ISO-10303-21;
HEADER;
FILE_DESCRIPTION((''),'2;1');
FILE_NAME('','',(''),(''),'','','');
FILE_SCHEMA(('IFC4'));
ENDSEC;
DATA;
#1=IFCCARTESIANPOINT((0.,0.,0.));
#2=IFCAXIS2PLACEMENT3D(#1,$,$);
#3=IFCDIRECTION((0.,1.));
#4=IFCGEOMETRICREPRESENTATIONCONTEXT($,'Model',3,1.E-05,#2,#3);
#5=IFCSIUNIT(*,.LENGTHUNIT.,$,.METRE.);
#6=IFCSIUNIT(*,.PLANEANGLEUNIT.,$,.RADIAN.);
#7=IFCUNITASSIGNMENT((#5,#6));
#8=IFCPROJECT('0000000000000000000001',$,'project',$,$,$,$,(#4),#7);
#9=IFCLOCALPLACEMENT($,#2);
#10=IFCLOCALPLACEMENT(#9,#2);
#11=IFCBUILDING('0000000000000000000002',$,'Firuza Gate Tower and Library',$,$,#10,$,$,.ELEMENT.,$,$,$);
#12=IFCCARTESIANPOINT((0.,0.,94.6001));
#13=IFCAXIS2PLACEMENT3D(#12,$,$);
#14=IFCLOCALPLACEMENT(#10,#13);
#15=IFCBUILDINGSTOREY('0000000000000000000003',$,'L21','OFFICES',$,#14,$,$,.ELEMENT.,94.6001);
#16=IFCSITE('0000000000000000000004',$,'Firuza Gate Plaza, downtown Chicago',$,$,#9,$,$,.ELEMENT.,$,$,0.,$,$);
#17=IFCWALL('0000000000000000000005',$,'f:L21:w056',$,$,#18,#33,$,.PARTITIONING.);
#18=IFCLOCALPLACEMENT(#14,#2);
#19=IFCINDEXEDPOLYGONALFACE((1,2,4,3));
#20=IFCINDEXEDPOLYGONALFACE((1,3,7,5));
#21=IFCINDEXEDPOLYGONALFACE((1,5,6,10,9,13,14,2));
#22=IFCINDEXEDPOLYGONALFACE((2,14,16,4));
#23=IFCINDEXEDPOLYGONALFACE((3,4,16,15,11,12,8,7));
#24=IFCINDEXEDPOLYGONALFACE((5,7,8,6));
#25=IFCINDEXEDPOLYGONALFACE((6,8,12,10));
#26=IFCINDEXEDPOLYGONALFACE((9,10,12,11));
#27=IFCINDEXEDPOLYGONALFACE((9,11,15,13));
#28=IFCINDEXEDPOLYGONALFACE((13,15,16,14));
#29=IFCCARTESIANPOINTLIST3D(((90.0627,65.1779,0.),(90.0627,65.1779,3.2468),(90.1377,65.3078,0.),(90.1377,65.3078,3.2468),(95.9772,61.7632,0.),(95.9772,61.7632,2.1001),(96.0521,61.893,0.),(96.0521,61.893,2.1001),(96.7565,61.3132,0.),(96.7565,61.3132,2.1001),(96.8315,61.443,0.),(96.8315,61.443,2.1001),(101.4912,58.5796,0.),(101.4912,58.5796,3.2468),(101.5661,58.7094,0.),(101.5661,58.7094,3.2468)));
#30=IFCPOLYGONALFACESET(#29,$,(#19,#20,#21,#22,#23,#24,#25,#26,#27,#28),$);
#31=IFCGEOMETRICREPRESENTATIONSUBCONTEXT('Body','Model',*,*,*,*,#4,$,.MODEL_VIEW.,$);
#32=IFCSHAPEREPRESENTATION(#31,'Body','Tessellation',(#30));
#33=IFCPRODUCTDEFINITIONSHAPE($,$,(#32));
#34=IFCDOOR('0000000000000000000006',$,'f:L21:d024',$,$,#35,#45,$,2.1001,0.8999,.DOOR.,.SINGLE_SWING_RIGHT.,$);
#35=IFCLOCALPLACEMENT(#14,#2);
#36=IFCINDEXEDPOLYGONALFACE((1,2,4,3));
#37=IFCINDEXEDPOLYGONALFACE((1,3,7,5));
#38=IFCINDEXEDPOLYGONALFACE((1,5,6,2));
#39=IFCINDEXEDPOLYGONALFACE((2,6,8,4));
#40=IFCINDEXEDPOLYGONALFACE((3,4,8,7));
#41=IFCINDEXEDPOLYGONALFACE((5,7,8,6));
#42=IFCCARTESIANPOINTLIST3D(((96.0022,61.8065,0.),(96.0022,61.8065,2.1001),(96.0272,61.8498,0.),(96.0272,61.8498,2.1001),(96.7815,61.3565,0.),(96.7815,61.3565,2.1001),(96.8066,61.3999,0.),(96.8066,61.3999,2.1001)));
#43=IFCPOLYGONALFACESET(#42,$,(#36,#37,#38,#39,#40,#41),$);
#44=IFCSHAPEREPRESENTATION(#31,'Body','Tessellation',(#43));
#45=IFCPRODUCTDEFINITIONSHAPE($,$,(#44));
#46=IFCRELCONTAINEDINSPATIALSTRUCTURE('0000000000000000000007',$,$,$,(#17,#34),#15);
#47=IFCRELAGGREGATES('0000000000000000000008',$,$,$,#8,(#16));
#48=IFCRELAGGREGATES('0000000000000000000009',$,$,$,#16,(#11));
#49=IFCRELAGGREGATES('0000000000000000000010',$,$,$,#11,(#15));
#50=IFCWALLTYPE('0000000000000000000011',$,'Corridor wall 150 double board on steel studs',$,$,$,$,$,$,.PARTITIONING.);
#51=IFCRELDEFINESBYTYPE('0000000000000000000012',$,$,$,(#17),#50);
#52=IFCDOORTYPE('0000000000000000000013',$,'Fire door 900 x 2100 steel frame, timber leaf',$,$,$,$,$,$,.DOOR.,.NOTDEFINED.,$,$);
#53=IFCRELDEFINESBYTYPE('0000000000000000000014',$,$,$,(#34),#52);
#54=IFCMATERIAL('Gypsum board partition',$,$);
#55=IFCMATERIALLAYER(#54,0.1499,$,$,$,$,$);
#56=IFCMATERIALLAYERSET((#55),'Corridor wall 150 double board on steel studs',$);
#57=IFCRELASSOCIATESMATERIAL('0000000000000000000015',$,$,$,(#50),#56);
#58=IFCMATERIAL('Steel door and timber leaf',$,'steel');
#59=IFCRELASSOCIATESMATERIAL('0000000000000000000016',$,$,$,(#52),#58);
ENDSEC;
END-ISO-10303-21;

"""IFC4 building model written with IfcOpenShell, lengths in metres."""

from ifc_helpers import new_model, si_unit, direction, frame, frame_2d, origin, place, context, subcontext, project, spatial, rectangle, extrude, material, layer, layer_set, type_object, element, fill, save


model = new_model("IFC4")

# Units and contexts
model_context = context("Model", 3, precision=1e-05, world=origin(), true_north=direction((0.0, 1.0)))
body_context = subcontext(model_context, "Body", "Model", "MODEL_VIEW")
ifc_project = project(units=[si_unit("LENGTHUNIT", "METRE"), si_unit("PLANEANGLEUNIT", "RADIAN")], contexts=[model_context])

# Site, building, storey
site_placement = place(None, origin())
site = spatial("IfcSite", under=ifc_project, at=site_placement, Name="Firuza Gate Plaza, downtown Chicago", CompositionType="ELEMENT", RefElevation=0.0)
building_placement = place(site_placement, origin())
building = spatial("IfcBuilding", under=site, at=building_placement, Name="Firuza Gate Tower and Library", CompositionType="ELEMENT")
storey_placement = place(building_placement, frame((0.0, 0.0, 94.6001)))
storey = spatial("IfcBuildingStorey", under=building, at=storey_placement, Name="L21", Description="OFFICES", CompositionType="ELEMENT", Elevation=94.6001)

# Wall, opening, door
ifc_material_1 = material(Name="Gypsum board partition")
ifc_layer_1 = layer(ifc_material_1, 0.1499)
ifc_layer_set_1 = layer_set([ifc_layer_1], Name="Corridor wall 150 double board on steel studs")
wall_type = type_object("IfcWallType", Name="Corridor wall 150 double board on steel studs", PredefinedType="PARTITIONING", material=ifc_layer_set_1)
wall_placement = place(storey_placement, frame((101.5286, 58.6445, 0.0), z_axis=(0.0, 0.0, 1.0), x_axis=(-0.86602, 0.500009, 0.0)))
wall = element("IfcWall", 1, at=wall_placement, inside=storey, type_object=wall_type, Name="f:L21:w056", PredefinedType="PARTITIONING", context=body_context, shape_type="SweptSolid", body=[
    extrude(rectangle(XDim=13.1965, YDim=0.1499, at=frame_2d((6.5981, 0.0))), origin(), (0.0, 0.0, 1.0), 3.2468),
])
opening_placement = place(wall_placement, frame((5.467, 0.0, 0.0)))
opening = element("IfcOpeningElement", 2, at=opening_placement, cuts=wall, PredefinedType="OPENING", context=body_context, shape_type="SweptSolid", body=[
    extrude(rectangle(XDim=0.8999, YDim=2.1001, at=frame_2d((0.45, 1.05))), frame((0.0, 0.085, 0.0), z_axis=(0.0, -1.0, 0.0), x_axis=(1.0, 0.0, 0.0)), (0.0, 0.0, 1.0), 0.1699),
])
ifc_material_2 = material(Name="Steel door and timber leaf", Category="steel")
door_type = type_object("IfcDoorType", Name="Fire door 900 x 2100 steel frame, timber leaf", OperationType="NOTDEFINED", PredefinedType="DOOR", material=ifc_material_2)
door_placement = place(opening_placement, origin())
door = element("IfcDoor", 3, at=door_placement, inside=storey, type_object=door_type, Name="f:L21:d024", OperationType="SINGLE_SWING_RIGHT", OverallHeight=2.1001, OverallWidth=0.8999, PredefinedType="DOOR", context=body_context, shape_type="SweptSolid", body=[
    extrude(rectangle(XDim=0.8999, YDim=2.1001, at=frame_2d((0.45, 1.05))), frame((0.0, 0.0249, 0.0), z_axis=(0.0, -1.0, 0.0), x_axis=(1.0, 0.0, 0.0)), (0.0, 0.0, 1.0), 0.05),
])
fill(opening, door)

save(model, "model.ifc")
